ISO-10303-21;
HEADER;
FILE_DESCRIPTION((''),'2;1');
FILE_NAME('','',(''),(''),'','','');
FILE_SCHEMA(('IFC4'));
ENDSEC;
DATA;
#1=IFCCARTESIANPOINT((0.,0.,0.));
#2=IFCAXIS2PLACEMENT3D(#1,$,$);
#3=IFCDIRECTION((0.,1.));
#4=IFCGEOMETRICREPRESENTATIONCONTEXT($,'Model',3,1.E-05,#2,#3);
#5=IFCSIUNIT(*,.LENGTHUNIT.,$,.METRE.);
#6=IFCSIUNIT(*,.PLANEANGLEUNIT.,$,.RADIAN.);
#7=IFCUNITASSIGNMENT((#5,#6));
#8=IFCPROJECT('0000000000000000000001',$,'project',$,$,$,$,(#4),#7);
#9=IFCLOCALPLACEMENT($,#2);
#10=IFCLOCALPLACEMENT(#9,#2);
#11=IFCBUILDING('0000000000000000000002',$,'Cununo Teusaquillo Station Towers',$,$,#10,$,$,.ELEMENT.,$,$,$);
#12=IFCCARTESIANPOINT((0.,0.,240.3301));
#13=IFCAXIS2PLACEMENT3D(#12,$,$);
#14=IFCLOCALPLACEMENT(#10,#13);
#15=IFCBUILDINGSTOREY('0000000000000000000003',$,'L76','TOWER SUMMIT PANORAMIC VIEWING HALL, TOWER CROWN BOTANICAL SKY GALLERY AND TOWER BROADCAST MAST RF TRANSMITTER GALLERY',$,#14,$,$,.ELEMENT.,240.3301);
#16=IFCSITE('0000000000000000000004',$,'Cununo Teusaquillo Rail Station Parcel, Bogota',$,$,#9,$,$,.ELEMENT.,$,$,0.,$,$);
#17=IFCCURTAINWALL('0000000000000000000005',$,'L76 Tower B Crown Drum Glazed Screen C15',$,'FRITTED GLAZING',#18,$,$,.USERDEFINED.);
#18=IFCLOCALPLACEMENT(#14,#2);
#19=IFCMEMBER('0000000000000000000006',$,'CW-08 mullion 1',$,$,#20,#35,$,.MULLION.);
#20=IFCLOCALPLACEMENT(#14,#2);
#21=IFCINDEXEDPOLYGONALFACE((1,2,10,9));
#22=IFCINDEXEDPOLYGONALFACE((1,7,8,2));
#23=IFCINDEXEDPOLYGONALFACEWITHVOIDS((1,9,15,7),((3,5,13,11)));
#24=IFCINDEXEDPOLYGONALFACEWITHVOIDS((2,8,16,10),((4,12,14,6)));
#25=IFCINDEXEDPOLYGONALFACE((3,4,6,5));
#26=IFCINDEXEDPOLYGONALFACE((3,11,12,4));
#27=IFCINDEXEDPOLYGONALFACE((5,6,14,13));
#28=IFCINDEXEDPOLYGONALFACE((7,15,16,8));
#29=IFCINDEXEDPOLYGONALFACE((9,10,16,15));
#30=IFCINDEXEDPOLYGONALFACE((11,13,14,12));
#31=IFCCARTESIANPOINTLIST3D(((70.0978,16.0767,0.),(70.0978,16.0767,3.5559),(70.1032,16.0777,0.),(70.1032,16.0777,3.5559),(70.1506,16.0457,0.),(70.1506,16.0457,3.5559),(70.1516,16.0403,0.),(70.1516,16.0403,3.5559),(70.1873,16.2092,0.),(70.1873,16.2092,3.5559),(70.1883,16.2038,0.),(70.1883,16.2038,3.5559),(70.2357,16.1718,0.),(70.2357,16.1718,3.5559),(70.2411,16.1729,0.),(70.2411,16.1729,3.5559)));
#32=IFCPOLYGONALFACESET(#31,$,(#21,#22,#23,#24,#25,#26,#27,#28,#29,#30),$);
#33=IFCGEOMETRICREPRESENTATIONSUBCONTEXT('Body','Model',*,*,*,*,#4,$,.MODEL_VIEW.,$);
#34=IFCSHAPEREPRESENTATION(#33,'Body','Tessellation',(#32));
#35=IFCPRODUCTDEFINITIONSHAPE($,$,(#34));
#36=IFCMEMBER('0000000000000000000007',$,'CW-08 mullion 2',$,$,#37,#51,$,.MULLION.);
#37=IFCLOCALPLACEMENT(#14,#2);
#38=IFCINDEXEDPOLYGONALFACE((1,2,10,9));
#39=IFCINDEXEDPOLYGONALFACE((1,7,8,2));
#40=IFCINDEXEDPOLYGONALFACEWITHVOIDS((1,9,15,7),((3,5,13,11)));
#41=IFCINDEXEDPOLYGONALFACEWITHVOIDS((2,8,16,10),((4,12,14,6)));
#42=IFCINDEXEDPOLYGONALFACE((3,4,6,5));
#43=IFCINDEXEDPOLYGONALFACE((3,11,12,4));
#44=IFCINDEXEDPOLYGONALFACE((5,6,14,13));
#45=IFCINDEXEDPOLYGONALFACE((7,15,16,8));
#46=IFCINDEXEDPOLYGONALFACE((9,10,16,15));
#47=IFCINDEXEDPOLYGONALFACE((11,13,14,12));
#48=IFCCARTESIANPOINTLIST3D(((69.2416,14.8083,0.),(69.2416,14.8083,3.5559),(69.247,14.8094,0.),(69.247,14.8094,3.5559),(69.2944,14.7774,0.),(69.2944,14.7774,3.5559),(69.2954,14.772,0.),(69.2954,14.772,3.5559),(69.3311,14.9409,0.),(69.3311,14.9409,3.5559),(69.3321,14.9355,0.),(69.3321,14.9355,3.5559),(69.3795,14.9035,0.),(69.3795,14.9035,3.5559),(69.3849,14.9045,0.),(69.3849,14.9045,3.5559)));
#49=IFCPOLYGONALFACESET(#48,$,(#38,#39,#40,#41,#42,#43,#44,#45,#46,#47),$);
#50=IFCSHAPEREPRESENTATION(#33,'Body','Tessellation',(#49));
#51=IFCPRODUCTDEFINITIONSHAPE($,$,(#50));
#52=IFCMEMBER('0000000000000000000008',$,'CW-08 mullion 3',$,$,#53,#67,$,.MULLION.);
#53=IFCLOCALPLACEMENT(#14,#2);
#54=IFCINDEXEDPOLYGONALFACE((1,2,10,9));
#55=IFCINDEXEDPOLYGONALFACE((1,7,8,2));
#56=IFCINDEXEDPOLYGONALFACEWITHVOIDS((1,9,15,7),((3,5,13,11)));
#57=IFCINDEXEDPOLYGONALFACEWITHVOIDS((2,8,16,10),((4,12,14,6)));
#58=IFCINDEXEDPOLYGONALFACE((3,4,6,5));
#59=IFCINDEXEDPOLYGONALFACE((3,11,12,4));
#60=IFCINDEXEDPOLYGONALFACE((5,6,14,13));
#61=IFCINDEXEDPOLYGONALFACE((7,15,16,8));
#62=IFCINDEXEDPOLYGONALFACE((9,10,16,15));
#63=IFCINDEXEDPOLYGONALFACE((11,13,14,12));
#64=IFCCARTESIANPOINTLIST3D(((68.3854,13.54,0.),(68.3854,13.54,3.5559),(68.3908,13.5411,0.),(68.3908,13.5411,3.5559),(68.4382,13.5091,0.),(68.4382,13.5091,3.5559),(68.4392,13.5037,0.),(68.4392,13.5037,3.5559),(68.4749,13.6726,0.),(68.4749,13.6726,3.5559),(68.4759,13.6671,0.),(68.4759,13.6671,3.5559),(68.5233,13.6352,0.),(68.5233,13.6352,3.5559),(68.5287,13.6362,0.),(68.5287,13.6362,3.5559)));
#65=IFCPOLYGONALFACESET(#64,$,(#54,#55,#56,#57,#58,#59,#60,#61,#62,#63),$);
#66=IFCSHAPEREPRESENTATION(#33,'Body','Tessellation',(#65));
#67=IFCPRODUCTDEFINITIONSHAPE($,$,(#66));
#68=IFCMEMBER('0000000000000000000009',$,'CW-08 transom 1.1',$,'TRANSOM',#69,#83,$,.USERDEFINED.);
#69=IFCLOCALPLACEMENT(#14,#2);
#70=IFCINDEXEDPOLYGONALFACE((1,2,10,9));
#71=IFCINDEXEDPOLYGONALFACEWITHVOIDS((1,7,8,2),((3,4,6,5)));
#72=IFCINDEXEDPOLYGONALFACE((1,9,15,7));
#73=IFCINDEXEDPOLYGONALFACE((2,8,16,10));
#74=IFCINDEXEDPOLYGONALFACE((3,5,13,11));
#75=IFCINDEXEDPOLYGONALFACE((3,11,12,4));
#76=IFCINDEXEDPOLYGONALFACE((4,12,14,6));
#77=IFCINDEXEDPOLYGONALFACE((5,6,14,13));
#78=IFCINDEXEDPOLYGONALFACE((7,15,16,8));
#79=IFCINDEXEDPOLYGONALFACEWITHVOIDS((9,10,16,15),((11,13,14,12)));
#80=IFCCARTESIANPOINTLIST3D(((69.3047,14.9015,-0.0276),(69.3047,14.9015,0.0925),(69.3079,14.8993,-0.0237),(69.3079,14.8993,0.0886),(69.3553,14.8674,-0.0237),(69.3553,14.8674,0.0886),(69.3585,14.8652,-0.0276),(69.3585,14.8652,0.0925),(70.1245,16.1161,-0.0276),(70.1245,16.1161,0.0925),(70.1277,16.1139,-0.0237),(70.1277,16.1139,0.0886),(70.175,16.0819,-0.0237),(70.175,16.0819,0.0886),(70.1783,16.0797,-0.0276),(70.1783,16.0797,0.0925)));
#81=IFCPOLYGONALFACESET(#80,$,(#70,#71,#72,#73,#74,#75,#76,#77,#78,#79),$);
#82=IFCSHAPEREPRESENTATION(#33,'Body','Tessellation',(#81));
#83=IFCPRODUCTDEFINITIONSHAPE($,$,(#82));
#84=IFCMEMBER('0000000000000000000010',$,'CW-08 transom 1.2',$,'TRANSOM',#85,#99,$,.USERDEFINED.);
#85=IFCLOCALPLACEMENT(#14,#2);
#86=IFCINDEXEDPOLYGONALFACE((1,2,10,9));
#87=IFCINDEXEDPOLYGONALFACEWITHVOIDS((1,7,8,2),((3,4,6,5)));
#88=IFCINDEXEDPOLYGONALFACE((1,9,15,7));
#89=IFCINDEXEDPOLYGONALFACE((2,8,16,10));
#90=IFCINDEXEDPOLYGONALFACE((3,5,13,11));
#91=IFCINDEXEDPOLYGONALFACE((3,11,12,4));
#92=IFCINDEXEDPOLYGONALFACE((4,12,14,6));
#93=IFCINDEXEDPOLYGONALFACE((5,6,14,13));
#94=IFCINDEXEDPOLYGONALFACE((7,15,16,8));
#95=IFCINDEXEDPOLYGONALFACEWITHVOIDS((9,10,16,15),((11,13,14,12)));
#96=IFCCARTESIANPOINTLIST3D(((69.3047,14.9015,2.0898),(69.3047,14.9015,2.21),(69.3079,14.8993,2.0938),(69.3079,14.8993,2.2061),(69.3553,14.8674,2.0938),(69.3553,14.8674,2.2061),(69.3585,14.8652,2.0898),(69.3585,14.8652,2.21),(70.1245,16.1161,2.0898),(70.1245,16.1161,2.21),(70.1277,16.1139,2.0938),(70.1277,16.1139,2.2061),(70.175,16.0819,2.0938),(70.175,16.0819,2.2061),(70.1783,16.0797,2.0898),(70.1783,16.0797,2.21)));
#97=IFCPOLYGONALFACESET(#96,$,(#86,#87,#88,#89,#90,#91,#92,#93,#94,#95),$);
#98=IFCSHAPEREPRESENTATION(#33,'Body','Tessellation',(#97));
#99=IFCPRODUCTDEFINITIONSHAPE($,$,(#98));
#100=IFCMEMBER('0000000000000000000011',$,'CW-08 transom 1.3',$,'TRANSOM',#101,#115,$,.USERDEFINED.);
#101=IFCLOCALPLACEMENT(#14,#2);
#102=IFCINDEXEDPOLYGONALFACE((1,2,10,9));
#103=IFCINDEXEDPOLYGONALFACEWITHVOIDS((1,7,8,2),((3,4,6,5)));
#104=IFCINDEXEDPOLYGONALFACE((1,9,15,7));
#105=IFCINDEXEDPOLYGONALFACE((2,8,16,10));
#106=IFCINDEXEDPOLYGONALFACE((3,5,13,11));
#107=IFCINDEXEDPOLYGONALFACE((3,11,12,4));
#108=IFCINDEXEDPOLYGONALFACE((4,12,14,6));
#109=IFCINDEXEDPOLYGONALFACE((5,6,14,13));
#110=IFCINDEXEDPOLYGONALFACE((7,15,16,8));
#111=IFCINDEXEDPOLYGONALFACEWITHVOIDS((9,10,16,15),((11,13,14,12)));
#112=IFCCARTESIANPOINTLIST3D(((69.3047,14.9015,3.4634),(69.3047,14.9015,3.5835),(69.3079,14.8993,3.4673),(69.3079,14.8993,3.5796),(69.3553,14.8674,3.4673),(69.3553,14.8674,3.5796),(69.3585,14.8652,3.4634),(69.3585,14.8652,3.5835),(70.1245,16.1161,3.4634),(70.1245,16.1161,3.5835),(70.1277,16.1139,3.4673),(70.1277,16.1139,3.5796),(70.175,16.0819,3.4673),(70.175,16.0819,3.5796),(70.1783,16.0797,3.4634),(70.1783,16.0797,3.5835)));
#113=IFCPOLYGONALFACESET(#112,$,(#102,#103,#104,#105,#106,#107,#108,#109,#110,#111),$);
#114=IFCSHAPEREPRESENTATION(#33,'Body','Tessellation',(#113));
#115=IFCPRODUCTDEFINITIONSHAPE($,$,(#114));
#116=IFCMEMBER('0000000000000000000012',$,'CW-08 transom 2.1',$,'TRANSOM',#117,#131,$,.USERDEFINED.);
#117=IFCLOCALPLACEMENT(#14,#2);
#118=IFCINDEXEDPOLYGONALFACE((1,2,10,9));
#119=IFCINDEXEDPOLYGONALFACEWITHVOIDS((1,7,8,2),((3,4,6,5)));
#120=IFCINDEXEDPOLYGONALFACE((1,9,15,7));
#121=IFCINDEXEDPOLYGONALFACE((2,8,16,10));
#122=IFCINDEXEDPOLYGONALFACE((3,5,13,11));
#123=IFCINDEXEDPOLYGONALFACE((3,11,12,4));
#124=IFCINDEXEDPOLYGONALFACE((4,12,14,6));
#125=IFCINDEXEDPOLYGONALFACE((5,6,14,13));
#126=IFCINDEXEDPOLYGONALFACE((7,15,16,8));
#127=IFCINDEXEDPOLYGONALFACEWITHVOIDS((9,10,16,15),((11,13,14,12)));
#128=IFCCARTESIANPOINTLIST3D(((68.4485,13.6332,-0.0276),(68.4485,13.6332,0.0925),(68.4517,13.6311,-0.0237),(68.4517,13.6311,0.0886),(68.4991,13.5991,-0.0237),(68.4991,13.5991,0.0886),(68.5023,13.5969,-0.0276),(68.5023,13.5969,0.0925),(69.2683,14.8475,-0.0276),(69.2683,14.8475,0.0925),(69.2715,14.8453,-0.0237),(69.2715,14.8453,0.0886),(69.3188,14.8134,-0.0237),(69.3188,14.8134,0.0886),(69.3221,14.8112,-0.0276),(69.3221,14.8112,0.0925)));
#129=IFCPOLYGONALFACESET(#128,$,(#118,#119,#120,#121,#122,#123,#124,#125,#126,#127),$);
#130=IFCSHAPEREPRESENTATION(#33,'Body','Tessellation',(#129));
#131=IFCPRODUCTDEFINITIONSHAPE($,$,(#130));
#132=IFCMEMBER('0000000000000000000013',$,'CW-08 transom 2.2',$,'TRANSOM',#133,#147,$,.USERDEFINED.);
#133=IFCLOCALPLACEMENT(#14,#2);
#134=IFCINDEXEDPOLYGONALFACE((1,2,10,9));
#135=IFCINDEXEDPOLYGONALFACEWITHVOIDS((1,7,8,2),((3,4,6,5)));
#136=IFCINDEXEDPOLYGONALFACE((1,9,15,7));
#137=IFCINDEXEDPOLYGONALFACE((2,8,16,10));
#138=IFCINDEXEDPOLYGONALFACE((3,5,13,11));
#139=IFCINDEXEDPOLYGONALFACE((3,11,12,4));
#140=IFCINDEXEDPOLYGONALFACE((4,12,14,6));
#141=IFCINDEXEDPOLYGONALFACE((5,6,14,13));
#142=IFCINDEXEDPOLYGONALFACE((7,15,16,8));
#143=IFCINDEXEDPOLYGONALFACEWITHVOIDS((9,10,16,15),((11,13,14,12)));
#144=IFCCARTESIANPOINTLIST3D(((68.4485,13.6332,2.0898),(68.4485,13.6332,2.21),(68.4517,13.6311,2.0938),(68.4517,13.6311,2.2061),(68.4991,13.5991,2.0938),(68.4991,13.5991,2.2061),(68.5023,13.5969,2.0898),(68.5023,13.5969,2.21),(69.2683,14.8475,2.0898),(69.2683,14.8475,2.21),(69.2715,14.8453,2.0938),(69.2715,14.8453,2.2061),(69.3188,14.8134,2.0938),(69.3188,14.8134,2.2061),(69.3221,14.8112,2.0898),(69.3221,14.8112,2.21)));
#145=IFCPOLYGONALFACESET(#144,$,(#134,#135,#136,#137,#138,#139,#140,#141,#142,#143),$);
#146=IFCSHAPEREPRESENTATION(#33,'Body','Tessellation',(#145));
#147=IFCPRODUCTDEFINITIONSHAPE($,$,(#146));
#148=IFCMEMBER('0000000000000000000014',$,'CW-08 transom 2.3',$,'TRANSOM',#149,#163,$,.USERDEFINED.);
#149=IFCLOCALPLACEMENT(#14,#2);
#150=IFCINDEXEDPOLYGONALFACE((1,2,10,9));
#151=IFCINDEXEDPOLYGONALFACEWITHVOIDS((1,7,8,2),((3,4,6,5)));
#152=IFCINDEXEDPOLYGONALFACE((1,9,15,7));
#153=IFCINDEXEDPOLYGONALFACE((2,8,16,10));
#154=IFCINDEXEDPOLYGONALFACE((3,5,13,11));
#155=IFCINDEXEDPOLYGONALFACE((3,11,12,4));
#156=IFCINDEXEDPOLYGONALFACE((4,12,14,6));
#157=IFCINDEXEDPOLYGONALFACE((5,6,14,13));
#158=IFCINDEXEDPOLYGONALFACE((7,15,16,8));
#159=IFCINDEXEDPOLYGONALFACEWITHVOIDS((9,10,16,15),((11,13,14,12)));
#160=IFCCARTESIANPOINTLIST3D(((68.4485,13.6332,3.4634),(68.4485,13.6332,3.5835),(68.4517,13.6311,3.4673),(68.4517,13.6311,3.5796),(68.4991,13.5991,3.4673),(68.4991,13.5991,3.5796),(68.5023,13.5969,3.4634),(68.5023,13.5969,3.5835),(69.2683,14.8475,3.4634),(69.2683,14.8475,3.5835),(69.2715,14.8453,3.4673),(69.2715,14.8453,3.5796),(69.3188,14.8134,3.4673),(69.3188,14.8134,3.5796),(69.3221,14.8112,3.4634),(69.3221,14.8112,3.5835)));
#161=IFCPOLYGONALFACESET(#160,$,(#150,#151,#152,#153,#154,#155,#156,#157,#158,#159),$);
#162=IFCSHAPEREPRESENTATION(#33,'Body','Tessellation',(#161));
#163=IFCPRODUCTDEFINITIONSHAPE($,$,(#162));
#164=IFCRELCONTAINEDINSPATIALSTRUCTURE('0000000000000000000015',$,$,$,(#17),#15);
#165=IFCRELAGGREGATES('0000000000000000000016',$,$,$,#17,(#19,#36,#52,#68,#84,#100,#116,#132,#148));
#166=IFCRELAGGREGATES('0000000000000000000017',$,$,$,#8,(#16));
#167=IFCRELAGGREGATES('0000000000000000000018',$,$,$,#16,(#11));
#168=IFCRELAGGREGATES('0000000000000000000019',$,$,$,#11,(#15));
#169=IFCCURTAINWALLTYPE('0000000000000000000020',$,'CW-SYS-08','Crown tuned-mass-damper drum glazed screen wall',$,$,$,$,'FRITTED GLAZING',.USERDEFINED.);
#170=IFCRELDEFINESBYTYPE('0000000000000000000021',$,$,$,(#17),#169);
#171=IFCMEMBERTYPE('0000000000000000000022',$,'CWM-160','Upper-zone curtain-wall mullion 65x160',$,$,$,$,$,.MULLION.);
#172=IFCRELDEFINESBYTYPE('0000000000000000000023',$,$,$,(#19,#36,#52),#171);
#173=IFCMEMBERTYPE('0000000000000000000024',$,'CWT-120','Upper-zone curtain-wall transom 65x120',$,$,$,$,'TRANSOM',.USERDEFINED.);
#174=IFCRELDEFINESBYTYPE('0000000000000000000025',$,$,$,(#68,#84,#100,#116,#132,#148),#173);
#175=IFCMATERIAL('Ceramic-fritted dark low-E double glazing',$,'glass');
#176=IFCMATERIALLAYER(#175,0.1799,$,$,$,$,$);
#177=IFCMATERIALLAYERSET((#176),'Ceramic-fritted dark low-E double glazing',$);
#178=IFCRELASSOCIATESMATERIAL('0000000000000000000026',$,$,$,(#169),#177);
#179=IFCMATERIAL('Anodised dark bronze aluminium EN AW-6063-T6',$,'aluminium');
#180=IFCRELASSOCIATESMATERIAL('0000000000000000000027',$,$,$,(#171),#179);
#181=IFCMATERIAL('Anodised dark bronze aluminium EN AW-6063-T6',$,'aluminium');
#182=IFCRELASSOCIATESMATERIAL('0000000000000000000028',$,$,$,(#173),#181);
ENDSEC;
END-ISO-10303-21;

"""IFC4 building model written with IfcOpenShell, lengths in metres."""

from ifc_helpers import new_model, si_unit, direction, frame, origin, origin_2d, place, context, subcontext, project, spatial, hollow_rectangle, extrude, material, layer, layer_set, material_profile, profile_set, type_object, element, aggregate, save


model = new_model("IFC4")

# Units and contexts
model_context = context("Model", 3, precision=1e-05, world=origin(), true_north=direction((0.0, 1.0)))
body_context = subcontext(model_context, "Body", "Model", "MODEL_VIEW")
ifc_project = project(units=[si_unit("LENGTHUNIT", "METRE"), si_unit("PLANEANGLEUNIT", "RADIAN")], contexts=[model_context])

# Site, building, storey
site_placement = place(None, origin())
site = spatial("IfcSite", under=ifc_project, at=site_placement, Name="Cununo Teusaquillo Rail Station Parcel, Bogota", CompositionType="ELEMENT", RefElevation=0.0)
building_placement = place(site_placement, origin())
building = spatial("IfcBuilding", under=site, at=building_placement, Name="Cununo Teusaquillo Station Towers", CompositionType="ELEMENT")
storey_placement = place(building_placement, frame((0.0, 0.0, 240.3301)))
storey = spatial("IfcBuildingStorey", under=building, at=storey_placement, Name="L76", Description="TOWER SUMMIT PANORAMIC VIEWING HALL, TOWER CROWN BOTANICAL SKY GALLERY AND TOWER BROADCAST MAST RF TRANSMITTER GALLERY", CompositionType="ELEMENT", Elevation=240.3301)

# Curtain wall, members
ifc_material_1 = material(Name="Ceramic-fritted dark low-E double glazing", Category="glass")
ifc_layer_1 = layer(ifc_material_1, 0.1799)
ifc_layer_set_1 = layer_set([ifc_layer_1], Name="Ceramic-fritted dark low-E double glazing")
curtain_wall_type = type_object("IfcCurtainWallType", Name="CW-SYS-08", Description="Crown tuned-mass-damper drum glazed screen wall", ElementType="FRITTED GLAZING", PredefinedType="USERDEFINED", material=ifc_layer_set_1)
curtain_wall_placement = place(storey_placement, origin())
curtain_wall = element("IfcCurtainWall", 1, at=curtain_wall_placement, inside=storey, type_object=curtain_wall_type, Name="L76 Tower B Crown Drum Glazed Screen C15", ObjectType="FRITTED GLAZING", PredefinedType="USERDEFINED")
ifc_material_2 = material(Name="Anodised dark bronze aluminium EN AW-6063-T6", Category="aluminium")
ifc_material_profile_1 = material_profile(ifc_material_2, hollow_rectangle(XDim=0.0649, YDim=0.1599, WallThickness=0.0039, at=origin_2d()), Name="CW-MULL-65x160")
ifc_profile_set_1 = profile_set([ifc_material_profile_1], Name="Anodised dark bronze aluminium EN AW-6063-T6")
member_type_1 = type_object("IfcMemberType", Name="CWM-160", Description="Upper-zone curtain-wall mullion 65x160", PredefinedType="MULLION", material=ifc_profile_set_1)
member_1_placement = place(storey_placement, frame((70.1694, 16.1248, 0.0), z_axis=(0.0, 0.0, 1.0), x_axis=(0.828827, -0.559505, 0.0)))
member_1 = element("IfcMember", 2, at=member_1_placement, type_object=member_type_1, Name="CW-08 mullion 1", PredefinedType="MULLION", context=body_context, shape_type="SweptSolid", body=[
    extrude(hollow_rectangle(XDim=0.0649, YDim=0.1599, WallThickness=0.0039, at=origin_2d()), origin(), (0.0, 0.0, 1.0), 3.5559),
])
member_2_placement = place(storey_placement, frame((69.3132, 14.8564, 0.0), z_axis=(0.0, 0.0, 1.0), x_axis=(0.828827, -0.559505, 0.0)))
member_2 = element("IfcMember", 3, at=member_2_placement, type_object=member_type_1, Name="CW-08 mullion 2", PredefinedType="MULLION", context=body_context, shape_type="SweptSolid", body=[
    extrude(hollow_rectangle(XDim=0.0649, YDim=0.1599, WallThickness=0.0039, at=origin_2d()), origin(), (0.0, 0.0, 1.0), 3.5559),
])
member_3_placement = place(storey_placement, frame((68.457, 13.5881, 0.0), z_axis=(0.0, 0.0, 1.0), x_axis=(0.828827, -0.559505, 0.0)))
member_3 = element("IfcMember", 4, at=member_3_placement, type_object=member_type_1, Name="CW-08 mullion 3", PredefinedType="MULLION", context=body_context, shape_type="SweptSolid", body=[
    extrude(hollow_rectangle(XDim=0.0649, YDim=0.1599, WallThickness=0.0039, at=origin_2d()), origin(), (0.0, 0.0, 1.0), 3.5559),
])
ifc_material_3 = material(Name="Anodised dark bronze aluminium EN AW-6063-T6", Category="aluminium")
ifc_material_profile_2 = material_profile(ifc_material_3, hollow_rectangle(XDim=0.0649, YDim=0.1201, WallThickness=0.0039, at=origin_2d()), Name="CW-TRAN-65x120")
ifc_profile_set_2 = profile_set([ifc_material_profile_2], Name="Anodised dark bronze aluminium EN AW-6063-T6")
member_type_2 = type_object("IfcMemberType", Name="CWT-120", Description="Upper-zone curtain-wall transom 65x120", ElementType="TRANSOM", PredefinedType="USERDEFINED", material=ifc_profile_set_2)
member_4_placement = place(storey_placement, frame((70.1514, 16.0979, 0.0325), z_axis=(-0.559459, -0.828858, 0.0), x_axis=(0.828858, -0.559459, 0.0)))
member_4 = element("IfcMember", 5, at=member_4_placement, type_object=member_type_2, Name="CW-08 transom 1.1", ObjectType="TRANSOM", PredefinedType="USERDEFINED", context=body_context, shape_type="SweptSolid", body=[
    extrude(hollow_rectangle(XDim=0.0649, YDim=0.1201, WallThickness=0.0039, at=origin_2d()), origin(), (0.0, 0.0, 1.0), 1.4653),
])
member_5_placement = place(storey_placement, frame((70.1514, 16.0979, 2.1499), z_axis=(-0.559459, -0.828858, 0.0), x_axis=(0.828858, -0.559459, 0.0)))
member_5 = element("IfcMember", 6, at=member_5_placement, type_object=member_type_2, Name="CW-08 transom 1.2", ObjectType="TRANSOM", PredefinedType="USERDEFINED", context=body_context, shape_type="SweptSolid", body=[
    extrude(hollow_rectangle(XDim=0.0649, YDim=0.1201, WallThickness=0.0039, at=origin_2d()), origin(), (0.0, 0.0, 1.0), 1.4653),
])
member_6_placement = place(storey_placement, frame((70.1514, 16.0979, 3.5234), z_axis=(-0.559459, -0.828858, 0.0), x_axis=(0.828858, -0.559459, 0.0)))
member_6 = element("IfcMember", 7, at=member_6_placement, type_object=member_type_2, Name="CW-08 transom 1.3", ObjectType="TRANSOM", PredefinedType="USERDEFINED", context=body_context, shape_type="SweptSolid", body=[
    extrude(hollow_rectangle(XDim=0.0649, YDim=0.1201, WallThickness=0.0039, at=origin_2d()), origin(), (0.0, 0.0, 1.0), 1.4653),
])
member_7_placement = place(storey_placement, frame((69.2952, 14.8293, 0.0325), z_axis=(-0.559536, -0.828806, 0.0), x_axis=(0.828806, -0.559536, 0.0)))
member_7 = element("IfcMember", 8, at=member_7_placement, type_object=member_type_2, Name="CW-08 transom 2.1", ObjectType="TRANSOM", PredefinedType="USERDEFINED", context=body_context, shape_type="SweptSolid", body=[
    extrude(hollow_rectangle(XDim=0.0649, YDim=0.1201, WallThickness=0.0039, at=origin_2d()), origin(), (0.0, 0.0, 1.0), 1.4651),
])
member_8_placement = place(storey_placement, frame((69.2952, 14.8293, 2.1499), z_axis=(-0.559536, -0.828806, 0.0), x_axis=(0.828806, -0.559536, 0.0)))
member_8 = element("IfcMember", 9, at=member_8_placement, type_object=member_type_2, Name="CW-08 transom 2.2", ObjectType="TRANSOM", PredefinedType="USERDEFINED", context=body_context, shape_type="SweptSolid", body=[
    extrude(hollow_rectangle(XDim=0.0649, YDim=0.1201, WallThickness=0.0039, at=origin_2d()), origin(), (0.0, 0.0, 1.0), 1.4651),
])
member_9_placement = place(storey_placement, frame((69.2952, 14.8293, 3.5234), z_axis=(-0.559536, -0.828806, 0.0), x_axis=(0.828806, -0.559536, 0.0)))
member_9 = element("IfcMember", 10, at=member_9_placement, type_object=member_type_2, Name="CW-08 transom 2.3", ObjectType="TRANSOM", PredefinedType="USERDEFINED", context=body_context, shape_type="SweptSolid", body=[
    extrude(hollow_rectangle(XDim=0.0649, YDim=0.1201, WallThickness=0.0039, at=origin_2d()), origin(), (0.0, 0.0, 1.0), 1.4651),
])

aggregate(curtain_wall, [member_1, member_2, member_3, member_4, member_5, member_6, member_7, member_8, member_9])

save(model, "model.ifc")
